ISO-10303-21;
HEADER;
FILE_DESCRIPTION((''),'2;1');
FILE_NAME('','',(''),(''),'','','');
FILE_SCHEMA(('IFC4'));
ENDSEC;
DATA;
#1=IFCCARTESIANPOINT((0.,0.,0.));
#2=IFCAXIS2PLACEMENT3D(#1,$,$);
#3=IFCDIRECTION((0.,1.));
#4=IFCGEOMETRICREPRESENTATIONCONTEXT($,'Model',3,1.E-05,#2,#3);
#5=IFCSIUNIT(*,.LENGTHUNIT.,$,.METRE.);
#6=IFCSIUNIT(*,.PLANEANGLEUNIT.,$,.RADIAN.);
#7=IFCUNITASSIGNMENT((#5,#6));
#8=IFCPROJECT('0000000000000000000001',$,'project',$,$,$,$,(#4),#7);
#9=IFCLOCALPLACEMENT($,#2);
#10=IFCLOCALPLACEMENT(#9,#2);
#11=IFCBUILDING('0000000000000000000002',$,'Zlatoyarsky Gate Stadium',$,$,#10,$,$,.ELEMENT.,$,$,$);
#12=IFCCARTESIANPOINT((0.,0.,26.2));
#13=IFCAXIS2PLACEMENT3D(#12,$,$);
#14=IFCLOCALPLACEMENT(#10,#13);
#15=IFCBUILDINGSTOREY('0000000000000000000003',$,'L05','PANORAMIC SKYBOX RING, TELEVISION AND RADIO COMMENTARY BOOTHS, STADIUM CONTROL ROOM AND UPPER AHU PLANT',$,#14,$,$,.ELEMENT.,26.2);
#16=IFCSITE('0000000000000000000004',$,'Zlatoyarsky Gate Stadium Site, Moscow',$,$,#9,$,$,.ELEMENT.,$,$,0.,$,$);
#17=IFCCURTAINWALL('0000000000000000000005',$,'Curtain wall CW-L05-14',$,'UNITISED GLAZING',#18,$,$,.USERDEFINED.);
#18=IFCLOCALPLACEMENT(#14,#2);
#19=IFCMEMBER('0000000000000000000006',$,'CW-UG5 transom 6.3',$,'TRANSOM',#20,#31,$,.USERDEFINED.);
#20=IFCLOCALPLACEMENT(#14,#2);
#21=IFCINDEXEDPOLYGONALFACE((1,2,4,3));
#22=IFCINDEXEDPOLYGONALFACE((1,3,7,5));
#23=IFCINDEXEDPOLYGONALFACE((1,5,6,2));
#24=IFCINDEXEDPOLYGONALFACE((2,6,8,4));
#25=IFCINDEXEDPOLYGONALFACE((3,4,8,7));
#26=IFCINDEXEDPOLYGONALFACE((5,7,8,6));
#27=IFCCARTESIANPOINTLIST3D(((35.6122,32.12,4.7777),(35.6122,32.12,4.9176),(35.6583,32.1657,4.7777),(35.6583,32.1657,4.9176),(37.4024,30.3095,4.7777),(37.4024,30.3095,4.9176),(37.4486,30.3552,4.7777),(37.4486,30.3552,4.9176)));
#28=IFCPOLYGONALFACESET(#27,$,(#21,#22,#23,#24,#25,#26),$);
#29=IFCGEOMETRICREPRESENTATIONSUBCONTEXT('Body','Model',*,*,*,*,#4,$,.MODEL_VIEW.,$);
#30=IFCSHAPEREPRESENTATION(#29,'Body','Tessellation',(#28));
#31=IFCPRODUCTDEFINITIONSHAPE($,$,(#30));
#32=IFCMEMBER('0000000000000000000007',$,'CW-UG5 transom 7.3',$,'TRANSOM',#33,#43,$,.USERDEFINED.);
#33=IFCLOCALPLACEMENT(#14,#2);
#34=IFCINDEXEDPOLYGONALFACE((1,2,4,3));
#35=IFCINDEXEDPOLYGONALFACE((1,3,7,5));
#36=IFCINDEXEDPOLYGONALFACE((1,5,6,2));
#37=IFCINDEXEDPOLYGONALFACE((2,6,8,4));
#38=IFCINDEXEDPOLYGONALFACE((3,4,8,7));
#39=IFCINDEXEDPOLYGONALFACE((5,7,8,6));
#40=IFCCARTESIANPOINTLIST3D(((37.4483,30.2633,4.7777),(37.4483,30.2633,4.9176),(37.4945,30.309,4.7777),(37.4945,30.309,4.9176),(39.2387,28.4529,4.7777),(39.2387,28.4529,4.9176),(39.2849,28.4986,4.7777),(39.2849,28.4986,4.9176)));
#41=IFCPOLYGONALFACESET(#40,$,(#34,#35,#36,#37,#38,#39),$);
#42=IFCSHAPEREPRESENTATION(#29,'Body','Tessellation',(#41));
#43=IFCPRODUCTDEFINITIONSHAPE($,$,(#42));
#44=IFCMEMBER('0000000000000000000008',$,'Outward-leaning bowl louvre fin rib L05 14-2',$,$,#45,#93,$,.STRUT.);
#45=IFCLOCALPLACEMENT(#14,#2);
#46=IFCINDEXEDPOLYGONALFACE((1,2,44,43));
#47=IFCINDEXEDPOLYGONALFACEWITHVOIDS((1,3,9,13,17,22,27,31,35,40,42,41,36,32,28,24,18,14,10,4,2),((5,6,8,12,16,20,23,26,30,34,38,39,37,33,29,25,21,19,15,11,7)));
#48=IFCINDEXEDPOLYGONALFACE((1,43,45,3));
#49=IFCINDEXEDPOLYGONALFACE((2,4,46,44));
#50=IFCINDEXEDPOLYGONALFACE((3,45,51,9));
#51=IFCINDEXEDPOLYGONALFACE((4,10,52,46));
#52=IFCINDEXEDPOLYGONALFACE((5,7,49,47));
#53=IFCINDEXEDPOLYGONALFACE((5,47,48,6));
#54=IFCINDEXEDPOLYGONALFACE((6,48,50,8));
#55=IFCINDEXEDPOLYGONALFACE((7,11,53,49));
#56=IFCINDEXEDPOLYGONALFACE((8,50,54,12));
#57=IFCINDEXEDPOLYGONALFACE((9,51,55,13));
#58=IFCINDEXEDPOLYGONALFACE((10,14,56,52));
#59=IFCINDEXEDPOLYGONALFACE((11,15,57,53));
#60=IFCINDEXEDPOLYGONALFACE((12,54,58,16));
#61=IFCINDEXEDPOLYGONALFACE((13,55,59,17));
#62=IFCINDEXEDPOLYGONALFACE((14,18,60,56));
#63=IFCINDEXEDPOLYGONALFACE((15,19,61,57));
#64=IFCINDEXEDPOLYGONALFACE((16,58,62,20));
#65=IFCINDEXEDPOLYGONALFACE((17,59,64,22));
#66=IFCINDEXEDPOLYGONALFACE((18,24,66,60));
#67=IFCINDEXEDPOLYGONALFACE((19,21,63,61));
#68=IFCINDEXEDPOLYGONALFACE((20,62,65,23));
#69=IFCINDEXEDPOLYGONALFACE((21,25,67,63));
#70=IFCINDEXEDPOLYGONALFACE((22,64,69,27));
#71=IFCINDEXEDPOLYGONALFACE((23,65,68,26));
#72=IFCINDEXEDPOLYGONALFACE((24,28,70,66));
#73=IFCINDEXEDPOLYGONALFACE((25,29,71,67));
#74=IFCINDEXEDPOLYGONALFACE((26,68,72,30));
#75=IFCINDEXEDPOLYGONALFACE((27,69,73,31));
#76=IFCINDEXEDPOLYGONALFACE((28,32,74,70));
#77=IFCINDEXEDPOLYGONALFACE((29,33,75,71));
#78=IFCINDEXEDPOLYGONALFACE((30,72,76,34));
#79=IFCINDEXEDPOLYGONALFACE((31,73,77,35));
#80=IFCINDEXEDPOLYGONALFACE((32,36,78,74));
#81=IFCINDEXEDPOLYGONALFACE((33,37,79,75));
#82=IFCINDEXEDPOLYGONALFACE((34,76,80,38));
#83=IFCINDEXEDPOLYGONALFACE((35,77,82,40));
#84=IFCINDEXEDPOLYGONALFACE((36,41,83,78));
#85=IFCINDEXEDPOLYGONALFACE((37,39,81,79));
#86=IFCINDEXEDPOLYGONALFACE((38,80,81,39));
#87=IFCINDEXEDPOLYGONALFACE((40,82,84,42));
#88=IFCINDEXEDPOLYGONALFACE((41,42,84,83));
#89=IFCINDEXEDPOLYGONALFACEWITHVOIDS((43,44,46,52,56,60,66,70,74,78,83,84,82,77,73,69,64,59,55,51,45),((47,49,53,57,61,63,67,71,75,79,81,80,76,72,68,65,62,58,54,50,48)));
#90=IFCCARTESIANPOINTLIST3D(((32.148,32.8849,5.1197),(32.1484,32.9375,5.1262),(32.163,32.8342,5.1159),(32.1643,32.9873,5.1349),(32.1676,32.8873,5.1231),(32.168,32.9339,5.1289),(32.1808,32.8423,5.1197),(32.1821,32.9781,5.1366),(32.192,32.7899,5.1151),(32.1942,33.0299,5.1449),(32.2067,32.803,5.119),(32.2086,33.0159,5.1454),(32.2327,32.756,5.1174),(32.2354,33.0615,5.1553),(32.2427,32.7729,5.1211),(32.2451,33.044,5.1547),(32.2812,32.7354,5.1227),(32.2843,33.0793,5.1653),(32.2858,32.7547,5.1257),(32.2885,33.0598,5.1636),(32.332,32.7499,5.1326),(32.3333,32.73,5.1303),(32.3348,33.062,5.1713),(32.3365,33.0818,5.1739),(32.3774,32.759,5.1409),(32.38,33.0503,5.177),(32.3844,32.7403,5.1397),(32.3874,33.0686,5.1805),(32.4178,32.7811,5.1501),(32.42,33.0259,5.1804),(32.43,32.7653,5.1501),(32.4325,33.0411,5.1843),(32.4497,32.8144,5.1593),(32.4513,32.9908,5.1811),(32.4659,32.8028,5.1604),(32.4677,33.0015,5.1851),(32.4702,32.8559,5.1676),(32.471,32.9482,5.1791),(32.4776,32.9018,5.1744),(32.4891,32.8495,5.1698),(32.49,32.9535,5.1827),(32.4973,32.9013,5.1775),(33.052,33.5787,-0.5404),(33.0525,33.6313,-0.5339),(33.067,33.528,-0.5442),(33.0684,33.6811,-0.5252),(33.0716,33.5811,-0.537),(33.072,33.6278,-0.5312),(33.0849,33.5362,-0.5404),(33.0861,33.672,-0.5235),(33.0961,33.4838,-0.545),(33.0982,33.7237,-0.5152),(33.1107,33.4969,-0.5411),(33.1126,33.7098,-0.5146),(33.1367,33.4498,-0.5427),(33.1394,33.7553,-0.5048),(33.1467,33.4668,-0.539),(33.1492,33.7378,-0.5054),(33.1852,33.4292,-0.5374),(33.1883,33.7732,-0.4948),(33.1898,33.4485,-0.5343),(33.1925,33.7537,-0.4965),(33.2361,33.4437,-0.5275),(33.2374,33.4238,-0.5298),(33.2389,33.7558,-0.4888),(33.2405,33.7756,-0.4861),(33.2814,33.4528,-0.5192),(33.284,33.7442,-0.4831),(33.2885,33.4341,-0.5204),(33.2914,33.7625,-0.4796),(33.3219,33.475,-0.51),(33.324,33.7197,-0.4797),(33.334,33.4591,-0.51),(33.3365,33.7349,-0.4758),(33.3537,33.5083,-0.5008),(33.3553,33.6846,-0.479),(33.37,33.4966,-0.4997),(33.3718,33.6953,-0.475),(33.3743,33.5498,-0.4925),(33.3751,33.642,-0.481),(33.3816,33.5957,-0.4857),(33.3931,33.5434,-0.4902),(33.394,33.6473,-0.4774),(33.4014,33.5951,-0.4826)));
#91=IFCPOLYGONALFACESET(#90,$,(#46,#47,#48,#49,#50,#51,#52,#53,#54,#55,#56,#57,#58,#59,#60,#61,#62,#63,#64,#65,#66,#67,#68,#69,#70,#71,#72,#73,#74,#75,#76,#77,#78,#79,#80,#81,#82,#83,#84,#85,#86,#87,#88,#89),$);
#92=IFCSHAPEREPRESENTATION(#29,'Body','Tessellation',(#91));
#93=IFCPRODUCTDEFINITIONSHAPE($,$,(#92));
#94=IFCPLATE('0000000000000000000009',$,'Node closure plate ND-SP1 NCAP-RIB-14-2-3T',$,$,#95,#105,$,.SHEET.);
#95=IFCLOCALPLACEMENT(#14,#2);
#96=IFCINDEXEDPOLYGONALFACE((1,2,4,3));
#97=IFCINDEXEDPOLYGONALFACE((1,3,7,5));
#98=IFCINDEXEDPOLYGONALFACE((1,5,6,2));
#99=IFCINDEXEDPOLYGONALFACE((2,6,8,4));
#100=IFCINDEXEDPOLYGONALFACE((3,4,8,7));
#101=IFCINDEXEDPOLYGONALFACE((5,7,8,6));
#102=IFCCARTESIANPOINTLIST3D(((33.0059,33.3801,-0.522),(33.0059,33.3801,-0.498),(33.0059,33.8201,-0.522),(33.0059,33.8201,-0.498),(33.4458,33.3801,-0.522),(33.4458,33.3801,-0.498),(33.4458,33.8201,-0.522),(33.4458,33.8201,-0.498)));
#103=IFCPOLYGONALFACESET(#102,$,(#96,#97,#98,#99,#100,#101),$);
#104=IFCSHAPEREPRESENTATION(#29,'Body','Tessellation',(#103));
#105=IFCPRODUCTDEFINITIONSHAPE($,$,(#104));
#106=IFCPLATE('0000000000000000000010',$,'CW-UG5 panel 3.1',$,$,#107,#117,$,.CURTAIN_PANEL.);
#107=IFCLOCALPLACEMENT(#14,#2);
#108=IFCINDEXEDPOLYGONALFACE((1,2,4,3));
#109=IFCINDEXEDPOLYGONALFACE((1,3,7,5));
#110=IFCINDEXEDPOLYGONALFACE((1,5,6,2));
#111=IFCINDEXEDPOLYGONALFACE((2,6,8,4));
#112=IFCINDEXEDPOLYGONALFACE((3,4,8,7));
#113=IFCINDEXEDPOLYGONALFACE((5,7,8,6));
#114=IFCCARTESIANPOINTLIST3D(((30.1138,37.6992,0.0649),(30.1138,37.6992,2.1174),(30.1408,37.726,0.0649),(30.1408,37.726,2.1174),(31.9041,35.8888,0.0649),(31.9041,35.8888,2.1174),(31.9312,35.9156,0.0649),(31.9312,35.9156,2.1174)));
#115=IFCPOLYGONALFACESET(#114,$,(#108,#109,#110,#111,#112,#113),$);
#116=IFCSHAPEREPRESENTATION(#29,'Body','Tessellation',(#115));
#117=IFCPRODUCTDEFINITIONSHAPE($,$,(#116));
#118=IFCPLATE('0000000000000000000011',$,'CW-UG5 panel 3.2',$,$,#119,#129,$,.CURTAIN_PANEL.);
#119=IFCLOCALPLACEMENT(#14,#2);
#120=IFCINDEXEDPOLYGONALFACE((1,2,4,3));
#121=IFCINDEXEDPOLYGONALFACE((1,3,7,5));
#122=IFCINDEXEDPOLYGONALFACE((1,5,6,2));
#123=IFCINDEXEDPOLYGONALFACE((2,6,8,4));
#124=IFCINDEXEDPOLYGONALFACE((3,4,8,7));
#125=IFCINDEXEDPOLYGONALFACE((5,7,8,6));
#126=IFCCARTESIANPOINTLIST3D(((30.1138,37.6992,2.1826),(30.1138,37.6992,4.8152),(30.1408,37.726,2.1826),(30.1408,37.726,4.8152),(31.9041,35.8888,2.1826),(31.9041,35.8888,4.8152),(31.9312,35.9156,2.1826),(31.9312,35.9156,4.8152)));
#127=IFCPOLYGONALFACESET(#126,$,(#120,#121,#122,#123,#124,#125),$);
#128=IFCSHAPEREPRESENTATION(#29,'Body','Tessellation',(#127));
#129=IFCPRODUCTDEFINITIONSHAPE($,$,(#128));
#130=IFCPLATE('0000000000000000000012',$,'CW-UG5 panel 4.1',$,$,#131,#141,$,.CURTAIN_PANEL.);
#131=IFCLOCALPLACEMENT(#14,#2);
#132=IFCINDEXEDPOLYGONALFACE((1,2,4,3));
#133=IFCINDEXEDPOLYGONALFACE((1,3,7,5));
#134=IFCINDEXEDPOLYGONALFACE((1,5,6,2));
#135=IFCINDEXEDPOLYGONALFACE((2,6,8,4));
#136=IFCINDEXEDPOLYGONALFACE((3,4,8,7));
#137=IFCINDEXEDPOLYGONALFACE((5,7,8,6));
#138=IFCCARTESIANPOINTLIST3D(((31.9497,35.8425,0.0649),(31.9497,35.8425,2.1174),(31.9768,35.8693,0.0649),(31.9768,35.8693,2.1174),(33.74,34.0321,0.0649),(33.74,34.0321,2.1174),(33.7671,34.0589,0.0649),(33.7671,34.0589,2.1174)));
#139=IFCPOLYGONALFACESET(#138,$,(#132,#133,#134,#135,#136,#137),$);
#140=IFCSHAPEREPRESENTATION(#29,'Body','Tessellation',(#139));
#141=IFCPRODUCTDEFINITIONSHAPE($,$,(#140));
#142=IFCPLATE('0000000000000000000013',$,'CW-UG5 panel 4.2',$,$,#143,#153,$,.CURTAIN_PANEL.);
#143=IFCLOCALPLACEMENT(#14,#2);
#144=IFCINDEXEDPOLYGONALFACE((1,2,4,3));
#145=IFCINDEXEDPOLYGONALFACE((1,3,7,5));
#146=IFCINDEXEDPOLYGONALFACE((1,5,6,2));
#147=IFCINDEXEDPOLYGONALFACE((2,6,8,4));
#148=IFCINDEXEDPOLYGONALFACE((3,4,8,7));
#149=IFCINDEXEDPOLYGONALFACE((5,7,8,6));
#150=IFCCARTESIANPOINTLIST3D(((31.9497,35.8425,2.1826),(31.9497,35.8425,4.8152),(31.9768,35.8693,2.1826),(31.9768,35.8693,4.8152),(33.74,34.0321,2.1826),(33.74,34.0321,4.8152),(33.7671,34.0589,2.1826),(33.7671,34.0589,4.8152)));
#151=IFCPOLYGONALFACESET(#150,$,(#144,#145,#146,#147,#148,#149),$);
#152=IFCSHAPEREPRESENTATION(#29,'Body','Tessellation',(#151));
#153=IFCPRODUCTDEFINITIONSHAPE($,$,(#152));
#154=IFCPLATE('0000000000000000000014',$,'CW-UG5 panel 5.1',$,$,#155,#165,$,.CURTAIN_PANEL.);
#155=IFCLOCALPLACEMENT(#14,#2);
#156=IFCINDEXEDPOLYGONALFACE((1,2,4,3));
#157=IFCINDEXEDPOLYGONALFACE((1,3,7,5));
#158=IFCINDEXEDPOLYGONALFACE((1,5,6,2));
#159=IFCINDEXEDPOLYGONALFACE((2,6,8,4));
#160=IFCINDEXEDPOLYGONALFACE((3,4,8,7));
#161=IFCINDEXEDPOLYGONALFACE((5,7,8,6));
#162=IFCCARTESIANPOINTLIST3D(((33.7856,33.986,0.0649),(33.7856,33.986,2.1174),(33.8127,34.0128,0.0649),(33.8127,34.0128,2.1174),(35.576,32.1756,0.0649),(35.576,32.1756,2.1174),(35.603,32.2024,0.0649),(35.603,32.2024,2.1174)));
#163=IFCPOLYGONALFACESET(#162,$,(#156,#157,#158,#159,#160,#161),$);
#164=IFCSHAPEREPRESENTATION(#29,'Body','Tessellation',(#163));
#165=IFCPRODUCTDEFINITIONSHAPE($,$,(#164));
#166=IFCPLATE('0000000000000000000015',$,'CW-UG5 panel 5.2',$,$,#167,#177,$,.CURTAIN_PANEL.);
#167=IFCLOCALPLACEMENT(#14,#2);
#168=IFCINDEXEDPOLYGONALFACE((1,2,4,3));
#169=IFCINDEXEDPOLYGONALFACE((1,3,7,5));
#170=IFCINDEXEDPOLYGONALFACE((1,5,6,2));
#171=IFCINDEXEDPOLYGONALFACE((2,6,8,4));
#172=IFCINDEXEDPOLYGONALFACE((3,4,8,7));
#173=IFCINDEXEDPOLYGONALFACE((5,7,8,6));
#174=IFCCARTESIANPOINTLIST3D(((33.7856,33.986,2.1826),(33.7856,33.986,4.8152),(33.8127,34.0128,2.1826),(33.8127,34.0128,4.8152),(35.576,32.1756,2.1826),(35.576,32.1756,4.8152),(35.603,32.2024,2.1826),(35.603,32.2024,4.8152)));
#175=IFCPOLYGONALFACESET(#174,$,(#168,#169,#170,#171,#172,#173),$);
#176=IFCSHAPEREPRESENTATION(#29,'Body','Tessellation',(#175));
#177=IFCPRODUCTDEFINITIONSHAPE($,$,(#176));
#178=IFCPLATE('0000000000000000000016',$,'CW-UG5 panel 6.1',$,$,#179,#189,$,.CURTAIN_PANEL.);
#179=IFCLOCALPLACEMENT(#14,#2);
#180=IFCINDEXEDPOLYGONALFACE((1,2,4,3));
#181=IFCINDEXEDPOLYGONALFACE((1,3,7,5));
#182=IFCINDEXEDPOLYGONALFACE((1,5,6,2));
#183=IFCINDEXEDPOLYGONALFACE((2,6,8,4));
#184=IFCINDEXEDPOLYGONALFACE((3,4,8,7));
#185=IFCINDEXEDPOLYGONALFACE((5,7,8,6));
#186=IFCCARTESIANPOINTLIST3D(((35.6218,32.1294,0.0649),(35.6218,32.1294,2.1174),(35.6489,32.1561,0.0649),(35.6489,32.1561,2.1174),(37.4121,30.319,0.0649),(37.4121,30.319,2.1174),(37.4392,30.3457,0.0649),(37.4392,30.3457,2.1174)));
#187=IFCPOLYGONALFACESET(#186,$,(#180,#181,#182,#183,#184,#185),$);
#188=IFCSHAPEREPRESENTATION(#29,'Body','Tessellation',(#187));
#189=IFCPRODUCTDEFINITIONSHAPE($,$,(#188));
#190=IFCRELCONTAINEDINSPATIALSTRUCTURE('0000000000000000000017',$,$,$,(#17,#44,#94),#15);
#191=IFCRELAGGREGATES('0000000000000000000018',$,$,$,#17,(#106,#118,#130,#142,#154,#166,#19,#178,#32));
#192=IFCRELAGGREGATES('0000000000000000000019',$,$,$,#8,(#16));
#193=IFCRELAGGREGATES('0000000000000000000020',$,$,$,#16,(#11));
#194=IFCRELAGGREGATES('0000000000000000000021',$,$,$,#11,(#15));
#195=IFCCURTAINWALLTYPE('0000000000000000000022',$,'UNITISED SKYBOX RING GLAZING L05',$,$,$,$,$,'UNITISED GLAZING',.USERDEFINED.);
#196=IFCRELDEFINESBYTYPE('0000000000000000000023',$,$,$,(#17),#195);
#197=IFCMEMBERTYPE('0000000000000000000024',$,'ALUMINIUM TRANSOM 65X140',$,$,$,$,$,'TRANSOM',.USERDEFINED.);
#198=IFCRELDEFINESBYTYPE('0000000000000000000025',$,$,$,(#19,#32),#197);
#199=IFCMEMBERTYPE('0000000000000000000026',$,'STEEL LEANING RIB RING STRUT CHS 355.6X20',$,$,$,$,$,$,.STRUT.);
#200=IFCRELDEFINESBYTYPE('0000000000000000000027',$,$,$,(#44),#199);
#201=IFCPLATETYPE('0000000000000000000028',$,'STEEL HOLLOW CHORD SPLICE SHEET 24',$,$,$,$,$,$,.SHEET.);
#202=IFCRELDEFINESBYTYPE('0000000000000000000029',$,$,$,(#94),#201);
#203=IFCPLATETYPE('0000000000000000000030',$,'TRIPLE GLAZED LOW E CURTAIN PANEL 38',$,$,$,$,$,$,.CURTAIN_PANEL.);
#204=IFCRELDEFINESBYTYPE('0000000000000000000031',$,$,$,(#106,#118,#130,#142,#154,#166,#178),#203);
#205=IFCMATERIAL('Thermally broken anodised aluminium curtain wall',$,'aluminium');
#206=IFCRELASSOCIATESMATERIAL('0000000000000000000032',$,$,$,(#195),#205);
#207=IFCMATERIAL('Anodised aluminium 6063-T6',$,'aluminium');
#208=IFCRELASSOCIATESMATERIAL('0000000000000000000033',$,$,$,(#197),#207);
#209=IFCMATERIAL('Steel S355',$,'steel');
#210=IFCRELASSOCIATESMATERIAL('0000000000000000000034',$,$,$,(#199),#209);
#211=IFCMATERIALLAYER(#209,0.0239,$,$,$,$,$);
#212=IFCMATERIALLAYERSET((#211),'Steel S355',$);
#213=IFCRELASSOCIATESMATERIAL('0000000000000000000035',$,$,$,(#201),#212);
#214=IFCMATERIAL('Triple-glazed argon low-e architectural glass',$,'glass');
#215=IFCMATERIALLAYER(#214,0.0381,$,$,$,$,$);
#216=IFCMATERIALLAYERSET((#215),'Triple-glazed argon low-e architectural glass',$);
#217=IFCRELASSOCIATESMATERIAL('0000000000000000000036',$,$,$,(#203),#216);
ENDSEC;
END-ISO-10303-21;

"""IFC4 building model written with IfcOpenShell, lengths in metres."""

from ifc_helpers import new_model, si_unit, direction, frame, origin, origin_2d, place, context, subcontext, project, spatial, rectangle, hollow_circle, extrude, material, layer, layer_set, material_profile, profile_set, type_object, element, aggregate, save


model = new_model("IFC4")

# Units and contexts
model_context = context("Model", 3, precision=1e-05, world=origin(), true_north=direction((0.0, 1.0)))
body_context = subcontext(model_context, "Body", "Model", "MODEL_VIEW")
ifc_project = project(units=[si_unit("LENGTHUNIT", "METRE"), si_unit("PLANEANGLEUNIT", "RADIAN")], contexts=[model_context])

# Site, building, storey
site_placement = place(None, origin())
site = spatial("IfcSite", under=ifc_project, at=site_placement, Name="Zlatoyarsky Gate Stadium Site, Moscow", CompositionType="ELEMENT", RefElevation=0.0)
building_placement = place(site_placement, origin())
building = spatial("IfcBuilding", under=site, at=building_placement, Name="Zlatoyarsky Gate Stadium", CompositionType="ELEMENT")
storey_placement = place(building_placement, frame((0.0, 0.0, 26.2)))
storey = spatial("IfcBuildingStorey", under=building, at=storey_placement, Name="L05", Description="PANORAMIC SKYBOX RING, TELEVISION AND RADIO COMMENTARY BOOTHS, STADIUM CONTROL ROOM AND UPPER AHU PLANT", CompositionType="ELEMENT", Elevation=26.2)

# Curtain wall, members
ifc_material_1 = material(Name="Thermally broken anodised aluminium curtain wall", Category="aluminium")
curtain_wall_type = type_object("IfcCurtainWallType", Name="UNITISED SKYBOX RING GLAZING L05", ElementType="UNITISED GLAZING", PredefinedType="USERDEFINED", material=ifc_material_1)
curtain_wall_placement = place(storey_placement, origin())
curtain_wall = element("IfcCurtainWall", 1, at=curtain_wall_placement, inside=storey, type_object=curtain_wall_type, Name="Curtain wall CW-L05-14", ObjectType="UNITISED GLAZING", PredefinedType="USERDEFINED")
ifc_material_2 = material(Name="Anodised aluminium 6063-T6", Category="aluminium")
ifc_material_profile_1 = material_profile(ifc_material_2, rectangle(XDim=0.0649, YDim=0.1399, at=origin_2d()), Name="ALU 65X140")
ifc_profile_set_1 = profile_set([ifc_material_profile_1], Name="Anodised aluminium 6063-T6")
member_type_1 = type_object("IfcMemberType", Name="ALUMINIUM TRANSOM 65X140", ElementType="TRANSOM", PredefinedType="USERDEFINED", material=ifc_profile_set_1)
member_1_placement = place(storey_placement, frame((35.6353, 32.1428, 4.8477), z_axis=(0.703116, -0.711075, 0.0), x_axis=(0.711075, 0.703116, 0.0)))
member_1 = element("IfcMember", 2, at=member_1_placement, type_object=member_type_1, Name="CW-UG5 transom 6.3", ObjectType="TRANSOM", PredefinedType="USERDEFINED", context=body_context, shape_type="SweptSolid", body=[
    extrude(rectangle(XDim=0.0649, YDim=0.1399, at=origin_2d()), origin(), (0.0, 0.0, 1.0), 2.5461),
])
member_2_placement = place(storey_placement, frame((37.4714, 30.2861, 4.8477), z_axis=(0.703164, -0.711027, 0.0), x_axis=(0.711027, 0.703164, 0.0)))
member_2 = element("IfcMember", 3, at=member_2_placement, type_object=member_type_1, Name="CW-UG5 transom 7.3", ObjectType="TRANSOM", PredefinedType="USERDEFINED", context=body_context, shape_type="SweptSolid", body=[
    extrude(rectangle(XDim=0.0649, YDim=0.1399, at=origin_2d()), origin(), (0.0, 0.0, 1.0), 2.5461),
])

# Member
ifc_material_3 = material(Name="Steel S355", Category="steel")
ifc_material_profile_2 = material_profile(ifc_material_3, hollow_circle(Radius=0.1777, WallThickness=0.02, at=origin_2d()), Name="CHS 355.6X20")
ifc_profile_set_2 = profile_set([ifc_material_profile_2], Name="Steel S355")
member_type_2 = type_object("IfcMemberType", Name="STEEL LEANING RIB RING STRUT CHS 355.6X20", PredefinedType="STRUT", material=ifc_profile_set_2)
member_3_placement = place(storey_placement, frame((33.2258, 33.6001, -0.51), z_axis=(-0.15658, -0.120173, 0.980327), x_axis=(0.608841, -0.793292, 0.0)))
element("IfcMember", 4, at=member_3_placement, inside=storey, type_object=member_type_2, Name="Outward-leaning bowl louvre fin rib L05 14-2", PredefinedType="STRUT", context=body_context, shape_type="SweptSolid", body=[
    extrude(hollow_circle(Radius=0.1777, WallThickness=0.02, at=origin_2d()), origin(), (0.0, 0.0, 1.0), 5.7737),
])

# Plates
ifc_layer_1 = layer(ifc_material_3, 0.0239)
ifc_layer_set_1 = layer_set([ifc_layer_1], Name="Steel S355")
plate_type_1 = type_object("IfcPlateType", Name="STEEL HOLLOW CHORD SPLICE SHEET 24", PredefinedType="SHEET", material=ifc_layer_set_1)
plate_1_placement = place(storey_placement, frame((33.2258, 33.6001, -0.522), z_axis=(0.0, 0.0, 1.0), x_axis=(1.0, 0.0, 0.0)))
element("IfcPlate", 5, at=plate_1_placement, inside=storey, type_object=plate_type_1, Name="Node closure plate ND-SP1 NCAP-RIB-14-2-3T", PredefinedType="SHEET", context=body_context, shape_type="SweptSolid", body=[
    extrude(rectangle(XDim=0.4399, YDim=0.4399, at=origin_2d()), origin(), (0.0, 0.0, 1.0), 0.0239),
])
ifc_material_4 = material(Name="Triple-glazed argon low-e architectural glass", Category="glass")
ifc_layer_2 = layer(ifc_material_4, 0.0381)
ifc_layer_set_2 = layer_set([ifc_layer_2], Name="Triple-glazed argon low-e architectural glass")
plate_type_2 = type_object("IfcPlateType", Name="TRIPLE GLAZED LOW E CURTAIN PANEL 38", PredefinedType="CURTAIN_PANEL", material=ifc_layer_set_2)
plate_2_placement = place(storey_placement, frame((31.0225, 36.8074, 0.0649), z_axis=(0.0, 0.0, 1.0), x_axis=(0.703156, -0.711036, 0.0)))
plate_2 = element("IfcPlate", 6, at=plate_2_placement, type_object=plate_type_2, Name="CW-UG5 panel 3.1", PredefinedType="CURTAIN_PANEL", context=body_context, shape_type="SweptSolid", body=[
    extrude(rectangle(XDim=2.5461, YDim=0.0381, at=origin_2d()), origin(), (0.0, 0.0, 1.0), 2.0525),
])
plate_3_placement = place(storey_placement, frame((31.0225, 36.8074, 2.1826), z_axis=(0.0, 0.0, 1.0), x_axis=(0.703156, -0.711036, 0.0)))
plate_3 = element("IfcPlate", 7, at=plate_3_placement, type_object=plate_type_2, Name="CW-UG5 panel 3.2", PredefinedType="CURTAIN_PANEL", context=body_context, shape_type="SweptSolid", body=[
    extrude(rectangle(XDim=2.5461, YDim=0.0381, at=origin_2d()), origin(), (0.0, 0.0, 1.0), 2.6326),
])
plate_4_placement = place(storey_placement, frame((32.8584, 34.9507, 0.0649), z_axis=(0.0, 0.0, 1.0), x_axis=(0.703156, -0.711036, 0.0)))
plate_4 = element("IfcPlate", 8, at=plate_4_placement, type_object=plate_type_2, Name="CW-UG5 panel 4.1", PredefinedType="CURTAIN_PANEL", context=body_context, shape_type="SweptSolid", body=[
    extrude(rectangle(XDim=2.5461, YDim=0.0381, at=origin_2d()), origin(), (0.0, 0.0, 1.0), 2.0525),
])
plate_5_placement = place(storey_placement, frame((32.8584, 34.9507, 2.1826), z_axis=(0.0, 0.0, 1.0), x_axis=(0.703156, -0.711036, 0.0)))
plate_5 = element("IfcPlate", 9, at=plate_5_placement, type_object=plate_type_2, Name="CW-UG5 panel 4.2", PredefinedType="CURTAIN_PANEL", context=body_context, shape_type="SweptSolid", body=[
    extrude(rectangle(XDim=2.5461, YDim=0.0381, at=origin_2d()), origin(), (0.0, 0.0, 1.0), 2.6326),
])
plate_6_placement = place(storey_placement, frame((34.6943, 33.0942, 0.0649), z_axis=(0.0, 0.0, 1.0), x_axis=(0.703156, -0.711036, 0.0)))
plate_6 = element("IfcPlate", 10, at=plate_6_placement, type_object=plate_type_2, Name="CW-UG5 panel 5.1", PredefinedType="CURTAIN_PANEL", context=body_context, shape_type="SweptSolid", body=[
    extrude(rectangle(XDim=2.5461, YDim=0.0381, at=origin_2d()), origin(), (0.0, 0.0, 1.0), 2.0525),
])
plate_7_placement = place(storey_placement, frame((34.6943, 33.0942, 2.1826), z_axis=(0.0, 0.0, 1.0), x_axis=(0.703156, -0.711036, 0.0)))
plate_7 = element("IfcPlate", 11, at=plate_7_placement, type_object=plate_type_2, Name="CW-UG5 panel 5.2", PredefinedType="CURTAIN_PANEL", context=body_context, shape_type="SweptSolid", body=[
    extrude(rectangle(XDim=2.5461, YDim=0.0381, at=origin_2d()), origin(), (0.0, 0.0, 1.0), 2.6326),
])
plate_8_placement = place(storey_placement, frame((36.5305, 31.2375, 0.0649), z_axis=(0.0, 0.0, 1.0), x_axis=(0.703156, -0.711036, 0.0)))
plate_8 = element("IfcPlate", 12, at=plate_8_placement, type_object=plate_type_2, Name="CW-UG5 panel 6.1", PredefinedType="CURTAIN_PANEL", context=body_context, shape_type="SweptSolid", body=[
    extrude(rectangle(XDim=2.5461, YDim=0.0381, at=origin_2d()), origin(), (0.0, 0.0, 1.0), 2.0525),
])
aggregate(curtain_wall, [plate_2, plate_3, plate_4, plate_5, plate_6, plate_7, member_1, plate_8, member_2])

save(model, "model.ifc")
